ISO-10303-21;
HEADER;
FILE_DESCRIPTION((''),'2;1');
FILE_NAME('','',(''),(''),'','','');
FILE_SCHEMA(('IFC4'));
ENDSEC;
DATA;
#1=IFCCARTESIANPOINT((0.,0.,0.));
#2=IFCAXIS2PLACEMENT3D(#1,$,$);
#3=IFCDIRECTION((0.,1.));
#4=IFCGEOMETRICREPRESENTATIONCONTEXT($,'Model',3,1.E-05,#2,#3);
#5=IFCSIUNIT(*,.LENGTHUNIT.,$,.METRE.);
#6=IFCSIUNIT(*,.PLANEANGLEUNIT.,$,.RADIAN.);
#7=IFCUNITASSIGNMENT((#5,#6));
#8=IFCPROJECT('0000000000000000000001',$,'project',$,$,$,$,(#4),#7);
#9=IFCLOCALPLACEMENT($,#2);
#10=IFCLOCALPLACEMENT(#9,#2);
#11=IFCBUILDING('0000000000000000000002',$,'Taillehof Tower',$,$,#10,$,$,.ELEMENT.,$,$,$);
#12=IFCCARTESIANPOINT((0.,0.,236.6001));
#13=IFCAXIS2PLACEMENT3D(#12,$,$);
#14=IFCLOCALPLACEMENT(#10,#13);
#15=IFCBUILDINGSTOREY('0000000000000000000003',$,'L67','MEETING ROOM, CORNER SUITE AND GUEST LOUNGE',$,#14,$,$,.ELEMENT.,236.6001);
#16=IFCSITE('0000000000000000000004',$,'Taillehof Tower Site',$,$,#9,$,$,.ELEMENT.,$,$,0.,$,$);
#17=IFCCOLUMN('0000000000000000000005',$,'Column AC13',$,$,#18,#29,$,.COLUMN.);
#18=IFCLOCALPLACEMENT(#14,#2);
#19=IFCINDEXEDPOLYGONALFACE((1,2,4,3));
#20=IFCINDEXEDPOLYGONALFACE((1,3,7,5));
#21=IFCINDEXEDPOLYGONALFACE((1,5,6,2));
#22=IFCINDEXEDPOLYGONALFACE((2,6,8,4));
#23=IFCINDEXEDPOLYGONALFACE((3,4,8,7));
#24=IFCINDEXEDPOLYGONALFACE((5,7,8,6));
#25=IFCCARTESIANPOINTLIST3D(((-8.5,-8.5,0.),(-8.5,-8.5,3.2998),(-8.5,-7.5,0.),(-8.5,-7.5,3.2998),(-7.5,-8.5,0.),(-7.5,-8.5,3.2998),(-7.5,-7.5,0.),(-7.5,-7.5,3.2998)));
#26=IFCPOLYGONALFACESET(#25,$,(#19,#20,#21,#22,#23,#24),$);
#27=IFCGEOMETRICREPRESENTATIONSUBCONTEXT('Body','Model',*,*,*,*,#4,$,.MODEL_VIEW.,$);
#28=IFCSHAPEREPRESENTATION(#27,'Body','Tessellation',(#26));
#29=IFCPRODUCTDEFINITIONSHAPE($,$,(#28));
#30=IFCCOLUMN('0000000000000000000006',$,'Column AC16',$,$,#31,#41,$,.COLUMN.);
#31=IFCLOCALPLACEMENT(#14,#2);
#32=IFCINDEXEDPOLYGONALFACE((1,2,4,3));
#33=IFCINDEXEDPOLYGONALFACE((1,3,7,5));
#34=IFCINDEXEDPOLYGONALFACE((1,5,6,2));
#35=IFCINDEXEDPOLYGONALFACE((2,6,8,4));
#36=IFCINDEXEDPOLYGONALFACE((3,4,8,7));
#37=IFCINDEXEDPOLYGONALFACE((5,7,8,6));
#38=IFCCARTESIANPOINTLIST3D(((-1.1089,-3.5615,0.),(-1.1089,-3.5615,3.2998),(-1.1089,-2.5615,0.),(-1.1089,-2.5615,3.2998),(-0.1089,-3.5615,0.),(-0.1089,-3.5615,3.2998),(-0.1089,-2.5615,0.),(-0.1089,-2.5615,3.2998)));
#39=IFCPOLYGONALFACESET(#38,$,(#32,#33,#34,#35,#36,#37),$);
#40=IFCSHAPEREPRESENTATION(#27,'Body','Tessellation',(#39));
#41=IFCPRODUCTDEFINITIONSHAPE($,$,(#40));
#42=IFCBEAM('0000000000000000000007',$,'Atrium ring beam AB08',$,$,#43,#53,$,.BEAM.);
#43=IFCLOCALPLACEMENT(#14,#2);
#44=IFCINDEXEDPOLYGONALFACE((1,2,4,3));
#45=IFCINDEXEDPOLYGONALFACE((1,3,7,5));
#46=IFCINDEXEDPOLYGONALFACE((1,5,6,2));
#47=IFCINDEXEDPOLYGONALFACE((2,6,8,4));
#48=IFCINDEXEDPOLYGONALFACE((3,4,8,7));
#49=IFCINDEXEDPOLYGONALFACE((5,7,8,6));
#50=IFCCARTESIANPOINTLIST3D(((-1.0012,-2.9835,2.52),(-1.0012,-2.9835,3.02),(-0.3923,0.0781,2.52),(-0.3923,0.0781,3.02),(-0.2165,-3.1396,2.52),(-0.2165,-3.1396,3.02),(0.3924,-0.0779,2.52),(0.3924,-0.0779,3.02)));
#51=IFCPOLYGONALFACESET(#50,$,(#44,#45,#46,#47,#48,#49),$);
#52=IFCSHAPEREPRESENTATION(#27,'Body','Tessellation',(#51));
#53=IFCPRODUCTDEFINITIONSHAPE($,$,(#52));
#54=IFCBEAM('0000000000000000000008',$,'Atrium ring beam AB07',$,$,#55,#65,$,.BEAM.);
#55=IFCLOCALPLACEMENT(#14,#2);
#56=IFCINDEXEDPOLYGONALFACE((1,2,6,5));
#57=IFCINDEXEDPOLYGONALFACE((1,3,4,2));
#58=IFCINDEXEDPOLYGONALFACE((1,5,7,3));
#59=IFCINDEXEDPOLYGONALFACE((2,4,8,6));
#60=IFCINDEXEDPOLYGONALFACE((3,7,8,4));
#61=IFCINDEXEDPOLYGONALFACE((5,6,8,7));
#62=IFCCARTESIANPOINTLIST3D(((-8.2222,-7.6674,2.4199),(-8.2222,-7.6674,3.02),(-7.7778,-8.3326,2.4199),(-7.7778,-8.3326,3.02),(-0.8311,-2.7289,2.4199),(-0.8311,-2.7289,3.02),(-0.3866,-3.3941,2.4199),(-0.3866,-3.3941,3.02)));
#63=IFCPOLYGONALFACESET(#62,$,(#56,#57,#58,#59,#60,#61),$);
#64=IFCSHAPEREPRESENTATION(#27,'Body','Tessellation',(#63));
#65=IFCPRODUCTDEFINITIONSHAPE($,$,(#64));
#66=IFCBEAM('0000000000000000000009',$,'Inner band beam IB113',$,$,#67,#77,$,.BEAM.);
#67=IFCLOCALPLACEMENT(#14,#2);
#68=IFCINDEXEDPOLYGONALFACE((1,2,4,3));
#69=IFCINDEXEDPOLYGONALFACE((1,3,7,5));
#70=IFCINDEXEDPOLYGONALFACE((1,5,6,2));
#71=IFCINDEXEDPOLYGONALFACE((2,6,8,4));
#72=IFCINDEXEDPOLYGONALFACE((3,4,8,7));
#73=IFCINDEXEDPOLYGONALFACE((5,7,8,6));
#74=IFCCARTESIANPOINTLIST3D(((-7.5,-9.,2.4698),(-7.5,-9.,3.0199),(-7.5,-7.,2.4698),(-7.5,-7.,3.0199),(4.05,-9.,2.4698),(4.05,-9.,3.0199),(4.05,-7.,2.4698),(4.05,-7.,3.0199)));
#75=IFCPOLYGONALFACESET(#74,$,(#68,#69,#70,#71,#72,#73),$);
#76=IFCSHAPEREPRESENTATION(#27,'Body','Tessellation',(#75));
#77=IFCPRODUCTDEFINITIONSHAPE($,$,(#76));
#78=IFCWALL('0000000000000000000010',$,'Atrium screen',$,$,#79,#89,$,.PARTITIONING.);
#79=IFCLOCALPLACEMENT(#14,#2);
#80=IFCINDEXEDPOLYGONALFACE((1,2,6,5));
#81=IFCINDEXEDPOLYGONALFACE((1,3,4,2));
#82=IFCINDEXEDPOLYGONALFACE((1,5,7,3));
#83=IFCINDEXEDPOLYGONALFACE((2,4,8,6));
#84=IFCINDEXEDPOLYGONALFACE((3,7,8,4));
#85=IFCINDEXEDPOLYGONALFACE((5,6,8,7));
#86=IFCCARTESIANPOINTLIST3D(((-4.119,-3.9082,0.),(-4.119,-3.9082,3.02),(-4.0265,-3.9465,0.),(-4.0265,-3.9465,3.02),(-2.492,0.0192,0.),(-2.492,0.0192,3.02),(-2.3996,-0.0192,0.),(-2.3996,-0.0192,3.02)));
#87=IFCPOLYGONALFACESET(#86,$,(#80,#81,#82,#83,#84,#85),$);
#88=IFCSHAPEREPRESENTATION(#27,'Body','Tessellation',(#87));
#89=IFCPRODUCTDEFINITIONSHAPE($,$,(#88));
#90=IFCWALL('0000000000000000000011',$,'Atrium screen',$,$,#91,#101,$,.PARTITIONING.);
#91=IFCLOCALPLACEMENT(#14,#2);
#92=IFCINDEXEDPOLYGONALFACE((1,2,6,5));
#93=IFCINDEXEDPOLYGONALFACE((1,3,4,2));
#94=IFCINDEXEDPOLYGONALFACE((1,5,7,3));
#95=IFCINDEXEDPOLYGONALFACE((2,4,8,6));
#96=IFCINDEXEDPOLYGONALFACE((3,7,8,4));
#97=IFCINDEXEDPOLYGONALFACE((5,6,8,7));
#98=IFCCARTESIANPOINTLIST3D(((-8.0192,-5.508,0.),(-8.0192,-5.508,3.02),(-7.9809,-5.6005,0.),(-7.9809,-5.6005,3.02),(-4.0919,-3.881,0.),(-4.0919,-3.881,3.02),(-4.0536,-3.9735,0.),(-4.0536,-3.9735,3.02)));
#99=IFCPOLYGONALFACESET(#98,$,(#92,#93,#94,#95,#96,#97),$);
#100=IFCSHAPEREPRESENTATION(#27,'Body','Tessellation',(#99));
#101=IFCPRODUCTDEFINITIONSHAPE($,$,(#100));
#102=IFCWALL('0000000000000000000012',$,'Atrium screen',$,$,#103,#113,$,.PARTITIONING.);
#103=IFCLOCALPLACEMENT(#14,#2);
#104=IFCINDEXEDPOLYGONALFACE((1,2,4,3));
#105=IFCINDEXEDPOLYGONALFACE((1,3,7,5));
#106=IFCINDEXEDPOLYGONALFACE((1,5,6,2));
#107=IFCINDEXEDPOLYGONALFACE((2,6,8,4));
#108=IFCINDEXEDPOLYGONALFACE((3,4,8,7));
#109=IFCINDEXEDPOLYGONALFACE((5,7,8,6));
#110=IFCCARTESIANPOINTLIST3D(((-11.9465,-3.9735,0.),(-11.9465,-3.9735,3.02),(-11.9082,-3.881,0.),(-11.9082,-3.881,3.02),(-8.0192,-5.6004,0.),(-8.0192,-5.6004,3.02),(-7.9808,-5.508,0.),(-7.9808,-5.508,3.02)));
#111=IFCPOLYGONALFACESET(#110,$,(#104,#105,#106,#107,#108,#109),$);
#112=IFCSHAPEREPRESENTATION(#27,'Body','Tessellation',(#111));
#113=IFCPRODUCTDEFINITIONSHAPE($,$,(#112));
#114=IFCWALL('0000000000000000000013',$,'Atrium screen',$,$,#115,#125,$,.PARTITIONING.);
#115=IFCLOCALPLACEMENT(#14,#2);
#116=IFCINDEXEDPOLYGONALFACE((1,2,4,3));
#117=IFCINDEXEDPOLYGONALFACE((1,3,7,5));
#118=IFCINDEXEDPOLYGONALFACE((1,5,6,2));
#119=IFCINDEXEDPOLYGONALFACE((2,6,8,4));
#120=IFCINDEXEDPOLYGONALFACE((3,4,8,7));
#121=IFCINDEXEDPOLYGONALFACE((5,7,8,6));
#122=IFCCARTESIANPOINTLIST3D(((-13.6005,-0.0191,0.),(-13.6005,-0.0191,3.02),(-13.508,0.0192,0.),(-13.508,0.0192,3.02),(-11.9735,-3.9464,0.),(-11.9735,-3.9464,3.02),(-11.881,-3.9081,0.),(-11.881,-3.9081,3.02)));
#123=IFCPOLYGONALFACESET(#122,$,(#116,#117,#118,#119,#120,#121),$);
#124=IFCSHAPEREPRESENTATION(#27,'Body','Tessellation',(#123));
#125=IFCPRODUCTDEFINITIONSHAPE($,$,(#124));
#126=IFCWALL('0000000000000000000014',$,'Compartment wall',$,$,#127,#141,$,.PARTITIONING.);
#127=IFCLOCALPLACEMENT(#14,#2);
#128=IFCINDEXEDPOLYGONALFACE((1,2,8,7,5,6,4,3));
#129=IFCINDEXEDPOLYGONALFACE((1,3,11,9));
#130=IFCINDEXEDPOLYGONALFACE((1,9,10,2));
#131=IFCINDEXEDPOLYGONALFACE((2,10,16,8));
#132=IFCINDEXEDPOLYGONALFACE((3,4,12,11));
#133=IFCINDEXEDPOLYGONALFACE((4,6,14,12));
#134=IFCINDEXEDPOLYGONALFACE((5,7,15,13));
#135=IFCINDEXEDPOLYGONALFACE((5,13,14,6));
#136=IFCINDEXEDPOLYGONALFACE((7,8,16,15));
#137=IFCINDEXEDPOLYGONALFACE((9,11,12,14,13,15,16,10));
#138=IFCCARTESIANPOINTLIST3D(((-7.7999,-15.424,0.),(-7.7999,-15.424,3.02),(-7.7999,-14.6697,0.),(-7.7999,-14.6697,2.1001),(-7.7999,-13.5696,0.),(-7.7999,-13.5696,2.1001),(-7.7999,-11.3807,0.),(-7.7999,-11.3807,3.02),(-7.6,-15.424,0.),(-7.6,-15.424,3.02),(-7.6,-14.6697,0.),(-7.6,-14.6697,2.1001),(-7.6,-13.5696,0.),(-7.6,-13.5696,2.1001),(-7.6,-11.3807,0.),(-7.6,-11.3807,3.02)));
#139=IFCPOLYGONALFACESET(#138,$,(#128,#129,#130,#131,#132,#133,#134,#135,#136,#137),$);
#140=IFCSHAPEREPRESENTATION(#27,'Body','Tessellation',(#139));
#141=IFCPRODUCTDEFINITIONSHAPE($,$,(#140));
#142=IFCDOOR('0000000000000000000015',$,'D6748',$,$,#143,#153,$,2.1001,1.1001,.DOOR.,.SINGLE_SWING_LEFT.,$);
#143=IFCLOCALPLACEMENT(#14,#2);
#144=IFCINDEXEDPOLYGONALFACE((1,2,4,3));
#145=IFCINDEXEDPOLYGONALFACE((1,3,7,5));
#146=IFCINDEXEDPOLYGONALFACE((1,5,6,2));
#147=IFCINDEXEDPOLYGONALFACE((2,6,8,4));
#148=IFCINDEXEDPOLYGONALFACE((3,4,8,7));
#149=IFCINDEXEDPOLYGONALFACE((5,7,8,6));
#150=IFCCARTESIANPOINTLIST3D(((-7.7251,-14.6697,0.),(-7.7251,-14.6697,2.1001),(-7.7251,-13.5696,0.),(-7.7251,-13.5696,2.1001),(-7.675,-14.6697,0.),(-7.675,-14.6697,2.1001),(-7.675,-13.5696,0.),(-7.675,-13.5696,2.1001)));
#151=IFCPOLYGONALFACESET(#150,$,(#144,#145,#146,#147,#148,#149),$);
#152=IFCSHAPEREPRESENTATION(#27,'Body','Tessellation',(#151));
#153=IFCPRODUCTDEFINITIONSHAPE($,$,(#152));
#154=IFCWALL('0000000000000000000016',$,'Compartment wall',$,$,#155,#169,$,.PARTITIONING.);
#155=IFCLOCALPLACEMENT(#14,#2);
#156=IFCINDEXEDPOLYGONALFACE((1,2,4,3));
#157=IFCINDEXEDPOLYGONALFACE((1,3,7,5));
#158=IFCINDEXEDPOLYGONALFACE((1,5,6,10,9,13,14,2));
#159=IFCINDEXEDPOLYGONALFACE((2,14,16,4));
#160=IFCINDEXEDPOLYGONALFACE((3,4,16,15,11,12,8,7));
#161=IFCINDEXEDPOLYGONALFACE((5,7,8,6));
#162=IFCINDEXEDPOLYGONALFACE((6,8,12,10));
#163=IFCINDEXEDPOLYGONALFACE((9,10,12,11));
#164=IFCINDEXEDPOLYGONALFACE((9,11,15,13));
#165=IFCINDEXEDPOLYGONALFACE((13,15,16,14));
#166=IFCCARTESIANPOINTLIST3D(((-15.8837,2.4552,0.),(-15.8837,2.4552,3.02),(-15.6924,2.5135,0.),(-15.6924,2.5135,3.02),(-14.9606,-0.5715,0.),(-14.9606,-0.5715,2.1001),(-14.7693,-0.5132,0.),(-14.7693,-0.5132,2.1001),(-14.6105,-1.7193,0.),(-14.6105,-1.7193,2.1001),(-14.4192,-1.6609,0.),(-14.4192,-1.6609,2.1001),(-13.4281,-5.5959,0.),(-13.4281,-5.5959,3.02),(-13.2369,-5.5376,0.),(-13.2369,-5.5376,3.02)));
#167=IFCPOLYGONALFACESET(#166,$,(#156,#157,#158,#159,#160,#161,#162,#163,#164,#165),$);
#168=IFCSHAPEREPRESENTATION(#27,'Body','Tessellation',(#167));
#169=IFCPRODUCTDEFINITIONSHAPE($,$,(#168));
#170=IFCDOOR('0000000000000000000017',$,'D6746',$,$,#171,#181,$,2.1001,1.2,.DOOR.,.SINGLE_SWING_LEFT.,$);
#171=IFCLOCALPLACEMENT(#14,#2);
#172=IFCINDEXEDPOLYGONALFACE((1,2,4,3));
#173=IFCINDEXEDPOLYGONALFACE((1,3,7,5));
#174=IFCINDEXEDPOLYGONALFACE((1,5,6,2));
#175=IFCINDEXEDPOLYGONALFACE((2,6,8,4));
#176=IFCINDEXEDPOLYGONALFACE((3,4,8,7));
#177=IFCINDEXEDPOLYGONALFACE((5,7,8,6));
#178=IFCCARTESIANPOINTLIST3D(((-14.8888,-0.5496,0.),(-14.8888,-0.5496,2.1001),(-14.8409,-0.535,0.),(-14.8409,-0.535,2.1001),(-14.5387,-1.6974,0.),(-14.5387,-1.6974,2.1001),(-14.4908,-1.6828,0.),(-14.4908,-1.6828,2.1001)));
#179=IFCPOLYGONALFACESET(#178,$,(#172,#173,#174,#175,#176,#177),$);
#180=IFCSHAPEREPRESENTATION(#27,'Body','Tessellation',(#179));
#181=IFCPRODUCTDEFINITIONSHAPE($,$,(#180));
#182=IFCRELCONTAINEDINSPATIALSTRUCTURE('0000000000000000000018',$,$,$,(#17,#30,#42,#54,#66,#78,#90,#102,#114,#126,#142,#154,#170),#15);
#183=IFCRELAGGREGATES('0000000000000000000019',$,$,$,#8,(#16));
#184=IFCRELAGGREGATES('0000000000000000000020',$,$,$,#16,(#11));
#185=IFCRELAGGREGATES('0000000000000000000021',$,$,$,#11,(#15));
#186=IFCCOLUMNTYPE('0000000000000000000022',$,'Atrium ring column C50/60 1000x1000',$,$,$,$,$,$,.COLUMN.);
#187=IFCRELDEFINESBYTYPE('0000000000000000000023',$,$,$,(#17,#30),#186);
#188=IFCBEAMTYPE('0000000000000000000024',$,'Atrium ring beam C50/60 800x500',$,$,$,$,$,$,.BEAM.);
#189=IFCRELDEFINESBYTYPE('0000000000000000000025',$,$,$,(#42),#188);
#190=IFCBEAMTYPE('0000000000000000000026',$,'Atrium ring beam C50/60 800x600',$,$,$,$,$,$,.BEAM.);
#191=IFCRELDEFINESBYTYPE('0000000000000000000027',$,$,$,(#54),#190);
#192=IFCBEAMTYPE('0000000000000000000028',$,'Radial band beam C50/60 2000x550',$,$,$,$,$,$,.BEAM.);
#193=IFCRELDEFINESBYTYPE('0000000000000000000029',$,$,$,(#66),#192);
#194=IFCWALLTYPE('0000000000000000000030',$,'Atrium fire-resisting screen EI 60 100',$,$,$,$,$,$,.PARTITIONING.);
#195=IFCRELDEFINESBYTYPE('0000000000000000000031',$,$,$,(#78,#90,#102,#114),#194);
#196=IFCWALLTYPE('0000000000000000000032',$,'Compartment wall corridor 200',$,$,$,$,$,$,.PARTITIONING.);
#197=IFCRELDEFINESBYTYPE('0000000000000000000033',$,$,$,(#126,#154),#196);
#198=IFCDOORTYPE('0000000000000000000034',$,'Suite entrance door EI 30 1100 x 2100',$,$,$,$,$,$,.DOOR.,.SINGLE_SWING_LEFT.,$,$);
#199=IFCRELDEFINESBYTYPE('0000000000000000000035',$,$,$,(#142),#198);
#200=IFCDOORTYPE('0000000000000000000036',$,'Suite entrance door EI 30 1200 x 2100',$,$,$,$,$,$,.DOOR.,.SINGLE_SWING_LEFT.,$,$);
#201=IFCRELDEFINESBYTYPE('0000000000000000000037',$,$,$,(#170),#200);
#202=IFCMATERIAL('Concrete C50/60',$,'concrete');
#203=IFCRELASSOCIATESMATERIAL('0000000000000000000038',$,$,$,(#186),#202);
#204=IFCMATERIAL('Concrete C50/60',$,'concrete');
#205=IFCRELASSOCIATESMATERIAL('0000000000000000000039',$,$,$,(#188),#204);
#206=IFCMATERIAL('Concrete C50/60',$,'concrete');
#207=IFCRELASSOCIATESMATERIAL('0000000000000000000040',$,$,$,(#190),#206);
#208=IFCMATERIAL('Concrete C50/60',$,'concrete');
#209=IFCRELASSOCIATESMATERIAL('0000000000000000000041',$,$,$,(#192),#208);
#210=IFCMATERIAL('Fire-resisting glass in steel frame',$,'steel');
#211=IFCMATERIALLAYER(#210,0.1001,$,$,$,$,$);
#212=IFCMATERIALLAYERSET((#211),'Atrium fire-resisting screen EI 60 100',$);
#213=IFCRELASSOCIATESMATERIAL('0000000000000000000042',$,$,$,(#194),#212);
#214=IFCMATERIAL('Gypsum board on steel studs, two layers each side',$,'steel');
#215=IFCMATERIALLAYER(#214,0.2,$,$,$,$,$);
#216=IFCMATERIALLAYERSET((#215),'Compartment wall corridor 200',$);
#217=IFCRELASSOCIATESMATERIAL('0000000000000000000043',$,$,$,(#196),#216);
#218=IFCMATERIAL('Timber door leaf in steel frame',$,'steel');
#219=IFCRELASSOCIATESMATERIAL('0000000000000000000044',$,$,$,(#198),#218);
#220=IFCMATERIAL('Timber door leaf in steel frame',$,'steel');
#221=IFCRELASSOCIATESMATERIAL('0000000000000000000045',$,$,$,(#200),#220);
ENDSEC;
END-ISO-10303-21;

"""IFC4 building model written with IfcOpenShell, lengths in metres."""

from ifc_helpers import new_model, si_unit, direction, frame, frame_2d, origin, origin_2d, place, context, subcontext, project, spatial, rectangle, extrude, material, layer, layer_set, material_profile, profile_set, type_object, element, fill, save


model = new_model("IFC4")

# Units and contexts
model_context = context("Model", 3, precision=1e-05, world=origin(), true_north=direction((0.0, 1.0)))
body_context = subcontext(model_context, "Body", "Model", "MODEL_VIEW")
ifc_project = project(units=[si_unit("LENGTHUNIT", "METRE"), si_unit("PLANEANGLEUNIT", "RADIAN")], contexts=[model_context])

# Site, building, storey
site_placement = place(None, origin())
site = spatial("IfcSite", under=ifc_project, at=site_placement, Name="Taillehof Tower Site", CompositionType="ELEMENT", RefElevation=0.0)
building_placement = place(site_placement, origin())
building = spatial("IfcBuilding", under=site, at=building_placement, Name="Taillehof Tower", CompositionType="ELEMENT")
storey_placement = place(building_placement, frame((0.0, 0.0, 236.6001)))
storey = spatial("IfcBuildingStorey", under=building, at=storey_placement, Name="L67", Description="MEETING ROOM, CORNER SUITE AND GUEST LOUNGE", CompositionType="ELEMENT", Elevation=236.6001)

# Columns
ifc_material_1 = material(Name="Concrete C50/60", Category="concrete")
ifc_material_profile_1 = material_profile(ifc_material_1, rectangle(XDim=1.0, YDim=1.0, at=origin_2d()), Name="RC 1000x1000")
ifc_profile_set_1 = profile_set([ifc_material_profile_1], Name="Concrete C50/60")
column_type = type_object("IfcColumnType", Name="Atrium ring column C50/60 1000x1000", PredefinedType="COLUMN", material=ifc_profile_set_1)
for number, where, z_axis, x_axis, name in (
    (1, (-8.0, -8.0, 0.0), (0.0, 0.0, 1.0), (1.0, 0.0, 0.0), "Column AC13"),
    (2, (-0.6089, -3.0615, 0.0), (0.0, 0.0, 1.0), (1.0, 0.0, 0.0), "Column AC16"),
):
    element("IfcColumn", number, at=place(storey_placement, frame(where, z_axis=z_axis, x_axis=x_axis)), inside=storey, type_object=column_type, Name=name, PredefinedType="COLUMN", context=body_context, shape_type="SweptSolid", body=[
        extrude(rectangle(XDim=1.0, YDim=1.0, at=origin_2d()), origin(), (0.0, 0.0, 1.0), 3.2998),
    ])

# Beams
ifc_material_2 = material(Name="Concrete C50/60", Category="concrete")
ifc_material_profile_2 = material_profile(ifc_material_2, rectangle(XDim=0.8, YDim=0.5, at=origin_2d()), Name="RC 800x500")
ifc_profile_set_2 = profile_set([ifc_material_profile_2], Name="Concrete C50/60")
beam_type_1 = type_object("IfcBeamType", Name="Atrium ring beam C50/60 800x500", PredefinedType="BEAM", material=ifc_profile_set_2)
beam_1_placement = place(storey_placement, frame((-0.6089, -3.0615, 2.77), z_axis=(0.195063, 0.980791, 0.0), x_axis=(-0.980791, 0.195063, 0.0)))
element("IfcBeam", 3, at=beam_1_placement, inside=storey, type_object=beam_type_1, Name="Atrium ring beam AB08", PredefinedType="BEAM", context=body_context, shape_type="SweptSolid", body=[
    extrude(rectangle(XDim=0.8, YDim=0.5, at=origin_2d()), origin(), (0.0, 0.0, 1.0), 3.1216),
])
ifc_material_3 = material(Name="Concrete C50/60", Category="concrete")
ifc_material_profile_3 = material_profile(ifc_material_3, rectangle(XDim=0.8, YDim=0.6001, at=origin_2d()), Name="RC 800x600")
ifc_profile_set_3 = profile_set([ifc_material_profile_3], Name="Concrete C50/60")
beam_type_2 = type_object("IfcBeamType", Name="Atrium ring beam C50/60 800x600", PredefinedType="BEAM", material=ifc_profile_set_3)
beam_2_placement = place(storey_placement, frame((-8.0, -8.0, 2.72), z_axis=(0.831475, 0.555562, 0.0), x_axis=(-0.555562, 0.831475, 0.0)))
element("IfcBeam", 4, at=beam_2_placement, inside=storey, type_object=beam_type_2, Name="Atrium ring beam AB07", PredefinedType="BEAM", context=body_context, shape_type="SweptSolid", body=[
    extrude(rectangle(XDim=0.8, YDim=0.6001, at=origin_2d()), origin(), (0.0, 0.0, 1.0), 8.8892),
])
ifc_material_4 = material(Name="Concrete C50/60", Category="concrete")
ifc_material_profile_4 = material_profile(ifc_material_4, rectangle(XDim=2.0, YDim=0.55, at=origin_2d()), Name="RC 2000x550")
ifc_profile_set_4 = profile_set([ifc_material_profile_4], Name="Concrete C50/60")
beam_type_3 = type_object("IfcBeamType", Name="Radial band beam C50/60 2000x550", PredefinedType="BEAM", material=ifc_profile_set_4)
beam_3_placement = place(storey_placement, frame((-7.5, -8.0, 2.7449), z_axis=(1.0, 0.0, 0.0), x_axis=(0.0, 1.0, 0.0)))
element("IfcBeam", 5, at=beam_3_placement, inside=storey, type_object=beam_type_3, Name="Inner band beam IB113", PredefinedType="BEAM", context=body_context, shape_type="SweptSolid", body=[
    extrude(rectangle(XDim=2.0, YDim=0.55, at=origin_2d()), origin(), (0.0, 0.0, 1.0), 11.55),
])

# Walls
ifc_material_5 = material(Name="Fire-resisting glass in steel frame", Category="steel")
ifc_layer_1 = layer(ifc_material_5, 0.1001)
ifc_layer_set_1 = layer_set([ifc_layer_1], Name="Atrium fire-resisting screen EI 60 100")
wall_type_1 = type_object("IfcWallType", Name="Atrium fire-resisting screen EI 60 100", PredefinedType="PARTITIONING", material=ifc_layer_set_1)
for number, where, z_axis, x_axis, name in (
    (6, (-2.4458, 0.0, 0.0), (0.0, 0.0, 1.0), (-0.382731, -0.92386, 0.0), "Atrium screen"),
    (7, (-4.0728, -3.9272, 0.0), (0.0, 0.0, 1.0), (-0.92386, -0.382731, 0.0), "Atrium screen"),
    (8, (-8.0, -5.5542, 0.0), (0.0, 0.0, 1.0), (-0.92386, 0.382731, 0.0), "Atrium screen"),
    (9, (-11.9272, -3.9272, 0.0), (0.0, 0.0, 1.0), (-0.382731, 0.92386, 0.0), "Atrium screen"),
):
    element("IfcWall", number, at=place(storey_placement, frame(where, z_axis=z_axis, x_axis=x_axis)), inside=storey, type_object=wall_type_1, Name=name, PredefinedType="PARTITIONING", context=body_context, shape_type="SweptSolid", body=[
        extrude(rectangle(XDim=4.251, YDim=0.1001, at=frame_2d((2.1255, 0.0))), origin(), (0.0, 0.0, 1.0), 3.02),
    ])

# Walls, openings, doors
ifc_material_6 = material(Name="Gypsum board on steel studs, two layers each side", Category="steel")
ifc_layer_2 = layer(ifc_material_6, 0.2)
ifc_layer_set_2 = layer_set([ifc_layer_2], Name="Compartment wall corridor 200")
wall_type_2 = type_object("IfcWallType", Name="Compartment wall corridor 200", PredefinedType="PARTITIONING", material=ifc_layer_set_2)
wall_1_placement = place(storey_placement, frame((-7.7, -11.3809, 0.0), z_axis=(0.0, 0.0, 1.0), x_axis=(0.0, -1.0, 0.0)))
wall_1 = element("IfcWall", 10, at=wall_1_placement, inside=storey, type_object=wall_type_2, Name="Compartment wall", PredefinedType="PARTITIONING", context=body_context, shape_type="SweptSolid", body=[
    extrude(rectangle(XDim=4.0432, YDim=0.2, at=frame_2d((2.0215, 0.0))), origin(), (0.0, 0.0, 1.0), 3.02),
])
opening_1_placement = place(wall_1_placement, frame((2.1887, 0.0, 0.0)))
opening_1 = element("IfcOpeningElement", 11, at=opening_1_placement, cuts=wall_1, PredefinedType="OPENING", context=body_context, shape_type="SweptSolid", body=[
    extrude(rectangle(XDim=1.1001, YDim=2.1001, at=frame_2d((0.55, 1.05))), frame((0.0, 0.1099, 0.0), z_axis=(0.0, -1.0, 0.0), x_axis=(1.0, 0.0, 0.0)), (0.0, 0.0, 1.0), 0.22),
])
ifc_material_7 = material(Name="Timber door leaf in steel frame", Category="steel")
door_type_1 = type_object("IfcDoorType", Name="Suite entrance door EI 30 1100 x 2100", OperationType="SINGLE_SWING_LEFT", PredefinedType="DOOR", material=ifc_material_7)
door_1_placement = place(opening_1_placement, origin())
door_1 = element("IfcDoor", 12, at=door_1_placement, inside=storey, type_object=door_type_1, Name="D6748", OperationType="SINGLE_SWING_LEFT", OverallHeight=2.1001, OverallWidth=1.1001, PredefinedType="DOOR", context=body_context, shape_type="SweptSolid", body=[
    extrude(rectangle(XDim=1.1001, YDim=2.1001, at=frame_2d((0.55, 1.05))), frame((0.0, 0.0249, 0.0), z_axis=(0.0, -1.0, 0.0), x_axis=(1.0, 0.0, 0.0)), (0.0, 0.0, 1.0), 0.05),
])
fill(opening_1, door_1)
wall_2_placement = place(storey_placement, frame((-13.3325, -5.5667, 0.0), z_axis=(0.0, 0.0, 1.0), x_axis=(-0.291733, 0.9565, 0.0)))
wall_2 = element("IfcWall", 13, at=wall_2_placement, inside=storey, type_object=wall_type_2, Name="Compartment wall", PredefinedType="PARTITIONING", context=body_context, shape_type="SweptSolid", body=[
    extrude(rectangle(XDim=8.4172, YDim=0.2, at=frame_2d((4.2085, 0.0))), origin(), (0.0, 0.0, 1.0), 3.02),
])
opening_2_placement = place(wall_2_placement, frame((4.0527, 0.0, 0.0)))
opening_2 = element("IfcOpeningElement", 14, at=opening_2_placement, cuts=wall_2, PredefinedType="OPENING", context=body_context, shape_type="SweptSolid", body=[
    extrude(rectangle(XDim=1.2, YDim=2.1001, at=frame_2d((0.6001, 1.05))), frame((0.0, 0.1099, 0.0), z_axis=(0.0, -1.0, 0.0), x_axis=(1.0, 0.0, 0.0)), (0.0, 0.0, 1.0), 0.22),
])
ifc_material_8 = material(Name="Timber door leaf in steel frame", Category="steel")
door_type_2 = type_object("IfcDoorType", Name="Suite entrance door EI 30 1200 x 2100", OperationType="SINGLE_SWING_LEFT", PredefinedType="DOOR", material=ifc_material_8)
door_2_placement = place(opening_2_placement, origin())
door_2 = element("IfcDoor", 15, at=door_2_placement, inside=storey, type_object=door_type_2, Name="D6746", OperationType="SINGLE_SWING_LEFT", OverallHeight=2.1001, OverallWidth=1.2, PredefinedType="DOOR", context=body_context, shape_type="SweptSolid", body=[
    extrude(rectangle(XDim=1.2, YDim=2.1001, at=frame_2d((0.6001, 1.05))), frame((0.0, 0.0249, 0.0), z_axis=(0.0, -1.0, 0.0), x_axis=(1.0, 0.0, 0.0)), (0.0, 0.0, 1.0), 0.05),
])
fill(opening_2, door_2)

save(model, "model.ifc")
